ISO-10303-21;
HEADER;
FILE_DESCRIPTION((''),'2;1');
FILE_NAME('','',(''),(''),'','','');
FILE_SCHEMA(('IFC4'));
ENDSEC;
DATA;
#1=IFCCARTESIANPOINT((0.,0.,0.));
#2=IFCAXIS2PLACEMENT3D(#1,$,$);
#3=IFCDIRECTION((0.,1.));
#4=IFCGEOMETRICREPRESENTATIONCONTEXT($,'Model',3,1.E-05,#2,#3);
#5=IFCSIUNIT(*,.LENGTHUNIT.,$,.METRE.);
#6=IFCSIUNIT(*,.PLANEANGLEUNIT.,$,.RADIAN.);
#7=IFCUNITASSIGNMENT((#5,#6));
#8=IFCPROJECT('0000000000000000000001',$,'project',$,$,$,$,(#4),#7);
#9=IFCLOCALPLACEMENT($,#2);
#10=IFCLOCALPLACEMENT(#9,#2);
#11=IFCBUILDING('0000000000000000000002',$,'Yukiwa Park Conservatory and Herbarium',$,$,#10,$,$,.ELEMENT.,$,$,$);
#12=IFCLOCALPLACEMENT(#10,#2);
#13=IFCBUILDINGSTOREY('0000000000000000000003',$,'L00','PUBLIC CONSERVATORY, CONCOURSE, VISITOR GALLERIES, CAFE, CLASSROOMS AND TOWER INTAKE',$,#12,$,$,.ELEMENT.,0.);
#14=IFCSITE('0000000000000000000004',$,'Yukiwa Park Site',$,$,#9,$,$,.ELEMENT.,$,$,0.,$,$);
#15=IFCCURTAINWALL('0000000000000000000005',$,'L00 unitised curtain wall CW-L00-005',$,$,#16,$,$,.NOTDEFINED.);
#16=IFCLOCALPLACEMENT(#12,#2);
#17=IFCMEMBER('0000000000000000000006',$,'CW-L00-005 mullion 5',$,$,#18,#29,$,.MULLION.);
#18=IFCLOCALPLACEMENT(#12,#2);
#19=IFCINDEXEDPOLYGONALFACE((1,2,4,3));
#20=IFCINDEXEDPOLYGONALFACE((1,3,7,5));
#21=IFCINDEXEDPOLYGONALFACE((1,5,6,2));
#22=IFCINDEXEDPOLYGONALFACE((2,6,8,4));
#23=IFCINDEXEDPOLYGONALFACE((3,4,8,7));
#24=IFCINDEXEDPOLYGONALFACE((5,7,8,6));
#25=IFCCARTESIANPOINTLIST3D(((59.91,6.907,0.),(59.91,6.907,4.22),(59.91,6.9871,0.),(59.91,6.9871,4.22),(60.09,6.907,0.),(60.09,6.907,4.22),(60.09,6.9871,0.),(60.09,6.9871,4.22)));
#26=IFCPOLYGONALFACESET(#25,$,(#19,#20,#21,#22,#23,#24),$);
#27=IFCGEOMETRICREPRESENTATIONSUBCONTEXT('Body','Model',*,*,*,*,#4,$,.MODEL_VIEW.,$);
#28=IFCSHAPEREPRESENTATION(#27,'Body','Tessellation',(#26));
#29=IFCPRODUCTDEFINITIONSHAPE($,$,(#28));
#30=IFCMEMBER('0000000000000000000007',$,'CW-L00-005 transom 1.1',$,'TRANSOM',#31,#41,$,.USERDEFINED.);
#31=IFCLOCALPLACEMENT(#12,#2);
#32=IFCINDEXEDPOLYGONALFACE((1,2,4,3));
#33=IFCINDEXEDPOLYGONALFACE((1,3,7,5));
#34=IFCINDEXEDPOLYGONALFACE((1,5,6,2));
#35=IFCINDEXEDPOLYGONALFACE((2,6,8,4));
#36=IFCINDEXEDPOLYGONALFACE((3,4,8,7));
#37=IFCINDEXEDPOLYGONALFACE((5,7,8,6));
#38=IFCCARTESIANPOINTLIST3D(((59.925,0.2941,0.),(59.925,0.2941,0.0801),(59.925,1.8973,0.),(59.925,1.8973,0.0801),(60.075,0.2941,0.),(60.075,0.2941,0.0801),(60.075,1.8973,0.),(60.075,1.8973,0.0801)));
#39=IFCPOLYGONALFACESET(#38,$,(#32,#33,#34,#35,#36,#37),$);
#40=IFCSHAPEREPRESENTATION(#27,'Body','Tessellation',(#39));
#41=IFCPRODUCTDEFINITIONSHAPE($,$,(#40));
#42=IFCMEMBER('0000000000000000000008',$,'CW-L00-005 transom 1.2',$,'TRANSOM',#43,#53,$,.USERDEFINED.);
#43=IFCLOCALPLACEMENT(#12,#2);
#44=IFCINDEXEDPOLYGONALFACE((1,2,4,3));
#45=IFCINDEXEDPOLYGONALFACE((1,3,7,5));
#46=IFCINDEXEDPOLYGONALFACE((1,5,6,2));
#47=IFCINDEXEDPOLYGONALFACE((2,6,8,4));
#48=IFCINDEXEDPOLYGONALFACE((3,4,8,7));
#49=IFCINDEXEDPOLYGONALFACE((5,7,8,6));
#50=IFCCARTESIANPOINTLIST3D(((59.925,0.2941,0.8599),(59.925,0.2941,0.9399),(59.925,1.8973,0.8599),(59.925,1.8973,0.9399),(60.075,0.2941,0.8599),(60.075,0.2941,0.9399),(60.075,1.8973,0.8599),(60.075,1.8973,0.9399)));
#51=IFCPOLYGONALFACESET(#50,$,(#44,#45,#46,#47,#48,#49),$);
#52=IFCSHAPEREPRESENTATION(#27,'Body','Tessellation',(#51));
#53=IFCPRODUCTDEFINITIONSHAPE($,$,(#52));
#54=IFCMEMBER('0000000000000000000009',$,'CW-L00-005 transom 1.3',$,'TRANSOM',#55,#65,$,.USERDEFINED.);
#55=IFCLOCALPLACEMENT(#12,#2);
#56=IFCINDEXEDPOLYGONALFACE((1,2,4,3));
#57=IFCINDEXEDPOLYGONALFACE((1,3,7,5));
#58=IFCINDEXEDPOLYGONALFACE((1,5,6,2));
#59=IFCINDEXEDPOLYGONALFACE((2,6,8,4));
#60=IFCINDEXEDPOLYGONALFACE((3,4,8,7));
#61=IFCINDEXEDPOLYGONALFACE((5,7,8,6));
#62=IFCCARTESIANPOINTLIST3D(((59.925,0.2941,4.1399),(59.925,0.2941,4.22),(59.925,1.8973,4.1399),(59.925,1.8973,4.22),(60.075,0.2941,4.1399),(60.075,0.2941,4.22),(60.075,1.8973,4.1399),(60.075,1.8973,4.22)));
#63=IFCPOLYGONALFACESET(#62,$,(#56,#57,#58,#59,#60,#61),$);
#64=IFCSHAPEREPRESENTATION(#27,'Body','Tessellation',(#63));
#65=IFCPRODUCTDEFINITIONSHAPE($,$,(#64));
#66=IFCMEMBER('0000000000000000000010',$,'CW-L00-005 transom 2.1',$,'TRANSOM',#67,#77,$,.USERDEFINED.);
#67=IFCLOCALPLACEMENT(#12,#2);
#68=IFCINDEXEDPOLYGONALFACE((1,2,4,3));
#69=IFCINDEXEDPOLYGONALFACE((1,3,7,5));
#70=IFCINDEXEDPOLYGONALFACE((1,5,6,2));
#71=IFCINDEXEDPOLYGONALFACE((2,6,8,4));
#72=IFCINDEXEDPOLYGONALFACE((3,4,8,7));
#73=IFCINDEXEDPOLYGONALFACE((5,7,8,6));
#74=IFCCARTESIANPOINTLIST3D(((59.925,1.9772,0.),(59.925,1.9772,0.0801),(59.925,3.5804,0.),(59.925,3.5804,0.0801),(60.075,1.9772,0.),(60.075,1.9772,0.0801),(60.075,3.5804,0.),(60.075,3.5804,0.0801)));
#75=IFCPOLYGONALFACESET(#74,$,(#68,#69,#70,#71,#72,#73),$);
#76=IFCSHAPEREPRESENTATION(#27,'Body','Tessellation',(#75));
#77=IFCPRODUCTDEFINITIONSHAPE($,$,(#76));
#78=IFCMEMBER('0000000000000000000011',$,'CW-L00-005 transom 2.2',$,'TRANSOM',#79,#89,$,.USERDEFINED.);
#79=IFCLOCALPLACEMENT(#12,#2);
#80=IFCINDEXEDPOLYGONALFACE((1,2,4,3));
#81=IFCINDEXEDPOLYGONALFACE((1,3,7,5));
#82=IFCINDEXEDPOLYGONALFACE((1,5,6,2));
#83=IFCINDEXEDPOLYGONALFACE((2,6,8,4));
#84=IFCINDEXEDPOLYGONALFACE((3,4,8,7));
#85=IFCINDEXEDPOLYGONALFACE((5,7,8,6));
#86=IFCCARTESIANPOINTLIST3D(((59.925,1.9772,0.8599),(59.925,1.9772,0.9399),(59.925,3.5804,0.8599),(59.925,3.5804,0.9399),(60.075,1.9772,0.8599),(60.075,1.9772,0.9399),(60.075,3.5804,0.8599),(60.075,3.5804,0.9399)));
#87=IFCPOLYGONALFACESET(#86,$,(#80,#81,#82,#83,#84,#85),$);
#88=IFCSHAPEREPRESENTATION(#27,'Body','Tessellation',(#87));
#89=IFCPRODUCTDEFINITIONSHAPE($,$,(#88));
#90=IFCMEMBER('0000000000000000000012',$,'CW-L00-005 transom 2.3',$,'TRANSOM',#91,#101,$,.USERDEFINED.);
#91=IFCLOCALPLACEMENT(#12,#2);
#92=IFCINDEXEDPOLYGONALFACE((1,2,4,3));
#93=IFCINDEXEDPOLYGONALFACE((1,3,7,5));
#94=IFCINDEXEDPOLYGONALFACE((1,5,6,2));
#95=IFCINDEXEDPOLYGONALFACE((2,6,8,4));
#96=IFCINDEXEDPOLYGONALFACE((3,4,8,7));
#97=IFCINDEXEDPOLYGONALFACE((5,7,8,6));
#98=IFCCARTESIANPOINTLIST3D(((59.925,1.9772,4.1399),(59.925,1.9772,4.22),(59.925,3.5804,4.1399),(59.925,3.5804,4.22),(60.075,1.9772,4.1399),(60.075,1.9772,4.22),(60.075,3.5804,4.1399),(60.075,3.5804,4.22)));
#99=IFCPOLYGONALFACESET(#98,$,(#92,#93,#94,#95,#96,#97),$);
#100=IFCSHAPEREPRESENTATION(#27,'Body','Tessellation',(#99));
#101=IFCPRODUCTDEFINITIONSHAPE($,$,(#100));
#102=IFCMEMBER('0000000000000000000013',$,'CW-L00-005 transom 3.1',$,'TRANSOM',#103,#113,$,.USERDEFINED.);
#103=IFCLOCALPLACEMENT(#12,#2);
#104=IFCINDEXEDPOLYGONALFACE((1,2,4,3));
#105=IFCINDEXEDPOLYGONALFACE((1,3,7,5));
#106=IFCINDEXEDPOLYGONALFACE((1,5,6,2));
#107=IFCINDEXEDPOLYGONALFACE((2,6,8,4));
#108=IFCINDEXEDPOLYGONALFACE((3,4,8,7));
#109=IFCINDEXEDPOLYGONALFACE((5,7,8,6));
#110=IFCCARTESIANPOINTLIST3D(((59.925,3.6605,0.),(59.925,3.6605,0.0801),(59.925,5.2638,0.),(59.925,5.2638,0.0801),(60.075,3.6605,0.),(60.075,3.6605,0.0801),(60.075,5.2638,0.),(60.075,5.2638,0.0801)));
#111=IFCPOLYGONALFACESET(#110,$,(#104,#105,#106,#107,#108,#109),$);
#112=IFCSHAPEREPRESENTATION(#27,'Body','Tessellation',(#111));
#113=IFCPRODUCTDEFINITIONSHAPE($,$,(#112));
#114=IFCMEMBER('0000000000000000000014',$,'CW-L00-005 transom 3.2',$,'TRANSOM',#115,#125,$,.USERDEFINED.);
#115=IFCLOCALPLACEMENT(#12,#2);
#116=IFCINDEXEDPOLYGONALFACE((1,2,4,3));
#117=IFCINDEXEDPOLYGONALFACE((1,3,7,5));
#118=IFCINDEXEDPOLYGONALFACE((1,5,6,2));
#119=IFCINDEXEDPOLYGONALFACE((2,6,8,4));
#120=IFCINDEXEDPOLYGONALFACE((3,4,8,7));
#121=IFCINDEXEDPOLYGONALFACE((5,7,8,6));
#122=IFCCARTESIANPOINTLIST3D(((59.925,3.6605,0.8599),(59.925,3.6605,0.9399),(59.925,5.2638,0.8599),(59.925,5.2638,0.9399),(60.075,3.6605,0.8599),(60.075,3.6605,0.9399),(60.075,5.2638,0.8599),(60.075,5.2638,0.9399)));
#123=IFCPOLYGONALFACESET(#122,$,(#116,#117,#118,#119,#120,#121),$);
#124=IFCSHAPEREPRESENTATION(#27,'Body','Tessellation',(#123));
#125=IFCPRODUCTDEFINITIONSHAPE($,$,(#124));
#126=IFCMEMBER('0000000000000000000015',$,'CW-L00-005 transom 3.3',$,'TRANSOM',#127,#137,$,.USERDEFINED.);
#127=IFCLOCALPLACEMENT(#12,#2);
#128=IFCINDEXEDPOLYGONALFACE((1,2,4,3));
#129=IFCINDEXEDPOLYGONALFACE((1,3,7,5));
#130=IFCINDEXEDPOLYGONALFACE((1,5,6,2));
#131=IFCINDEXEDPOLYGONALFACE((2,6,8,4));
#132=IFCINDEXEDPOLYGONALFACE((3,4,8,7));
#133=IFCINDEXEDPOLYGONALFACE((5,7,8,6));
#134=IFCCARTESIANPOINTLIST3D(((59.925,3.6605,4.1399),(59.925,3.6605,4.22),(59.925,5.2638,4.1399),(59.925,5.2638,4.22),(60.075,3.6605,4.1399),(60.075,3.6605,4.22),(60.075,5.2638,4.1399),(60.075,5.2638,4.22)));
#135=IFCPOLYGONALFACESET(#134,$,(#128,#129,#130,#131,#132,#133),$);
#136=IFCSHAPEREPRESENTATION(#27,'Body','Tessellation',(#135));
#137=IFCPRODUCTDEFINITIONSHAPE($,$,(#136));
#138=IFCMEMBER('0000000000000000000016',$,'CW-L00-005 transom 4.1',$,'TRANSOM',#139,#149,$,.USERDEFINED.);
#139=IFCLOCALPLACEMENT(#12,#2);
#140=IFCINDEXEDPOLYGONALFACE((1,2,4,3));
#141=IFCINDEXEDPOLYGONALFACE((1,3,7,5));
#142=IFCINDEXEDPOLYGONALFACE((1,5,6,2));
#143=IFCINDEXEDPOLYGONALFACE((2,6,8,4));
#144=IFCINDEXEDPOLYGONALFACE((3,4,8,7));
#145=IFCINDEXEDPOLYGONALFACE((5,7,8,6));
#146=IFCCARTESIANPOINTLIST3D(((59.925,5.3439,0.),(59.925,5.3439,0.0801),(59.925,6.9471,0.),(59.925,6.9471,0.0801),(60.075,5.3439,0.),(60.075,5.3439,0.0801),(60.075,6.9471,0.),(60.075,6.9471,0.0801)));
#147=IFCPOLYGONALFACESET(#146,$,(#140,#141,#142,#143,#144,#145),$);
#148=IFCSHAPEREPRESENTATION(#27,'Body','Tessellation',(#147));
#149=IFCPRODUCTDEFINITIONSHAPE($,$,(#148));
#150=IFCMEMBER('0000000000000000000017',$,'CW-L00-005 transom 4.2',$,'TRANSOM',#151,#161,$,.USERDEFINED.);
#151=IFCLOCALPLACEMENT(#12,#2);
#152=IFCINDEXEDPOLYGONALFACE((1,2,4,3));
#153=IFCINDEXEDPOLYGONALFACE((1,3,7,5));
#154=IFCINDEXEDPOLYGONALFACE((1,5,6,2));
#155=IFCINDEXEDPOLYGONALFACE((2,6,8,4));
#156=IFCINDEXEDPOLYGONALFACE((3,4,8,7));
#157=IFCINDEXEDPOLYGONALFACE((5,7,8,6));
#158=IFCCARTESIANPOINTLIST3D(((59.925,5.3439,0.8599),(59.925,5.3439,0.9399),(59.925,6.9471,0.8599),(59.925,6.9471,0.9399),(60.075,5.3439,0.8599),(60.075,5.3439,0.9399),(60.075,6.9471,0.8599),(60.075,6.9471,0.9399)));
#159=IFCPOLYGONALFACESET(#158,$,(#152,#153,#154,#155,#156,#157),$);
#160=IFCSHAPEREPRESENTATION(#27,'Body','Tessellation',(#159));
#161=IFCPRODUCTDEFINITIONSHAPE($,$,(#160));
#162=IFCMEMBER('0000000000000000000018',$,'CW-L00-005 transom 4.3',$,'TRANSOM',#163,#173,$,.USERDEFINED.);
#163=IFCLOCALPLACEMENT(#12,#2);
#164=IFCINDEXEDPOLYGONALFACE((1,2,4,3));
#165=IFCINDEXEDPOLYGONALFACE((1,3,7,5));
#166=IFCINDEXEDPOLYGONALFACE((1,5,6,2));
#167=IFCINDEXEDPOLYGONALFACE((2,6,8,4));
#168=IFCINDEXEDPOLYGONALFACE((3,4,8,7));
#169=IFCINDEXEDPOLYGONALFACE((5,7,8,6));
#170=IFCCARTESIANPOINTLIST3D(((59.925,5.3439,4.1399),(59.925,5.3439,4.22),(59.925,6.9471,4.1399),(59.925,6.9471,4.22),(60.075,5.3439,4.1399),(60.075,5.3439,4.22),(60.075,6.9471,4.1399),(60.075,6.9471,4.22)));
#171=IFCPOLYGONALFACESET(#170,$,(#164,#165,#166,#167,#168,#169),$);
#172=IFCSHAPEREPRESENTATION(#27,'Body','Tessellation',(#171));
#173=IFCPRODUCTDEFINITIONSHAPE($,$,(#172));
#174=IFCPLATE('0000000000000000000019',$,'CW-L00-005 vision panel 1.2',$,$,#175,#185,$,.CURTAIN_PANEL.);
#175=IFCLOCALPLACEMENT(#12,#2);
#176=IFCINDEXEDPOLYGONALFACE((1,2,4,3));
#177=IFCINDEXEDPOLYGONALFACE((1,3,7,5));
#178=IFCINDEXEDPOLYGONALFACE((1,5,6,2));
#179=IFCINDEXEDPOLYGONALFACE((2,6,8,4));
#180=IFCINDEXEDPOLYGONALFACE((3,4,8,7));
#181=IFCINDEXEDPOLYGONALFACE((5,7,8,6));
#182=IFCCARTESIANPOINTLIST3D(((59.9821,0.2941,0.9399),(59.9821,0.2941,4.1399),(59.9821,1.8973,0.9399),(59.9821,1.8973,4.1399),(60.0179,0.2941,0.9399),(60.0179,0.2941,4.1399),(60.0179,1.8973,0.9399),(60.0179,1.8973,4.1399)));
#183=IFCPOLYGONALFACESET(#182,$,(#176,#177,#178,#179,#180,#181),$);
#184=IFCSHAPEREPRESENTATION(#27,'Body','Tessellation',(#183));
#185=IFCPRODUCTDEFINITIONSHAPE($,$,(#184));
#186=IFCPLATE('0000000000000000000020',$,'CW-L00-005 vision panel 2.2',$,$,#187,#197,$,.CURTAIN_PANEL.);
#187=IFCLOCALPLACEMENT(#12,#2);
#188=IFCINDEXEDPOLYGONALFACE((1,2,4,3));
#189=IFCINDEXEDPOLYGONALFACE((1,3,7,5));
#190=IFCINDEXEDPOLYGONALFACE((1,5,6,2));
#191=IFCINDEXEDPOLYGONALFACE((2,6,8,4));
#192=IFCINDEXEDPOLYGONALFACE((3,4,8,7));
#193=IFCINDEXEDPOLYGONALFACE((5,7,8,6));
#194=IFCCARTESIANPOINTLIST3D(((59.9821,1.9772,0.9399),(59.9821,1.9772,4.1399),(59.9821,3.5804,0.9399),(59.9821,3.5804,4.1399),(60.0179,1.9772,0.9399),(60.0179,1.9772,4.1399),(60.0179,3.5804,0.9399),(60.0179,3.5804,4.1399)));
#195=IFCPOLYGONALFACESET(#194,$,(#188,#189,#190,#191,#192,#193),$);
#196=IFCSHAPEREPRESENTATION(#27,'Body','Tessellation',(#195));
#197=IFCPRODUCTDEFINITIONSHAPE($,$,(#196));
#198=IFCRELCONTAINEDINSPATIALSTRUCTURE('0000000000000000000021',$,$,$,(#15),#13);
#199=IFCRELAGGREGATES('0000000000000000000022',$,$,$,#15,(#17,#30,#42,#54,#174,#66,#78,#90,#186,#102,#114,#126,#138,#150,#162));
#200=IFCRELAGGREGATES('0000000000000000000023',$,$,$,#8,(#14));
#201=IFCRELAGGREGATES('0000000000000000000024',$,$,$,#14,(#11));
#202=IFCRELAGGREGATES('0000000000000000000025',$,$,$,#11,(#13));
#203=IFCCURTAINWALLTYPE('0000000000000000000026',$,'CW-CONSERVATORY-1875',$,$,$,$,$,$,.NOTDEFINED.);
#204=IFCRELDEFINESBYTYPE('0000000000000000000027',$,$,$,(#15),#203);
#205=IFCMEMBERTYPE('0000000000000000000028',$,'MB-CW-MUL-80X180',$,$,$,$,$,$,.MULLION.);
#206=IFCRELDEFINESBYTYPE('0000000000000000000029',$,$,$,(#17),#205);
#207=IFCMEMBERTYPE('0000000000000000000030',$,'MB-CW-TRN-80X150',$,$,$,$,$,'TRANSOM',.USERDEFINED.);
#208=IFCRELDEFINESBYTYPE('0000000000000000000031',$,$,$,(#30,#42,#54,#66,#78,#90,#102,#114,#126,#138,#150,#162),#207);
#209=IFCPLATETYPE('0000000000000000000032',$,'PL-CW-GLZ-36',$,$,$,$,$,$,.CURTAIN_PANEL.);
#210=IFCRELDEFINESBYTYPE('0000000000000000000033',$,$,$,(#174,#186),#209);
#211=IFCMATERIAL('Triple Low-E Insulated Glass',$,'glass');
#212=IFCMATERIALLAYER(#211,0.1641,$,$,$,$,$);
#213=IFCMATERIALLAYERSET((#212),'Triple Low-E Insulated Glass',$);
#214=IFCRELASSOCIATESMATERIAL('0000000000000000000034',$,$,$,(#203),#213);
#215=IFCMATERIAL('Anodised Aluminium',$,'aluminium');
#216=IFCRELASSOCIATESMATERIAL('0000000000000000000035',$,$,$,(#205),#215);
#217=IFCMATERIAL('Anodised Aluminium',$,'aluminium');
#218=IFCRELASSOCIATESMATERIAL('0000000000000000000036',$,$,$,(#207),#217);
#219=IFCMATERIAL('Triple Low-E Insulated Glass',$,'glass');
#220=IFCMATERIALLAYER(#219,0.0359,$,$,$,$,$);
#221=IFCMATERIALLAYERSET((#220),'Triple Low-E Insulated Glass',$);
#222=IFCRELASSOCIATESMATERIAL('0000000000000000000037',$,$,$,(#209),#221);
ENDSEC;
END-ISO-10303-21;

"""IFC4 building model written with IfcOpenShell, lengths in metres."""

from ifc_helpers import new_model, si_unit, direction, frame, origin, origin_2d, place, context, subcontext, project, spatial, rectangle, extrude, material, layer, layer_set, type_object, element, aggregate, save


model = new_model("IFC4")

# Units and contexts
model_context = context("Model", 3, precision=1e-05, world=origin(), true_north=direction((0.0, 1.0)))
body_context = subcontext(model_context, "Body", "Model", "MODEL_VIEW")
ifc_project = project(units=[si_unit("LENGTHUNIT", "METRE"), si_unit("PLANEANGLEUNIT", "RADIAN")], contexts=[model_context])

# Site, building, storey
site_placement = place(None, origin())
site = spatial("IfcSite", under=ifc_project, at=site_placement, Name="Yukiwa Park Site", CompositionType="ELEMENT", RefElevation=0.0)
building_placement = place(site_placement, origin())
building = spatial("IfcBuilding", under=site, at=building_placement, Name="Yukiwa Park Conservatory and Herbarium", CompositionType="ELEMENT")
storey_placement = place(building_placement, origin())
storey = spatial("IfcBuildingStorey", under=building, at=storey_placement, Name="L00", Description="PUBLIC CONSERVATORY, CONCOURSE, VISITOR GALLERIES, CAFE, CLASSROOMS AND TOWER INTAKE", CompositionType="ELEMENT", Elevation=0.0)

# Curtain wall, members, plates
ifc_material_1 = material(Name="Triple Low-E Insulated Glass", Category="glass")
ifc_layer_1 = layer(ifc_material_1, 0.1641)
ifc_layer_set_1 = layer_set([ifc_layer_1], Name="Triple Low-E Insulated Glass")
curtain_wall_type = type_object("IfcCurtainWallType", Name="CW-CONSERVATORY-1875", PredefinedType="NOTDEFINED", material=ifc_layer_set_1)
curtain_wall_placement = place(storey_placement, origin())
curtain_wall = element("IfcCurtainWall", 1, at=curtain_wall_placement, inside=storey, type_object=curtain_wall_type, Name="L00 unitised curtain wall CW-L00-005", PredefinedType="NOTDEFINED")
ifc_material_2 = material(Name="Anodised Aluminium", Category="aluminium")
member_type_1 = type_object("IfcMemberType", Name="MB-CW-MUL-80X180", PredefinedType="MULLION", material=ifc_material_2)
member_1_placement = place(storey_placement, frame((60.0, 6.947, 0.0), z_axis=(0.0, 0.0, 1.0), x_axis=(0.0, 1.0, 0.0)))
member_1 = element("IfcMember", 2, at=member_1_placement, type_object=member_type_1, Name="CW-L00-005 mullion 5", PredefinedType="MULLION", context=body_context, shape_type="SweptSolid", body=[
    extrude(rectangle(XDim=0.0801, YDim=0.1799, at=origin_2d()), origin(), (0.0, 0.0, 1.0), 4.22),
])
ifc_material_3 = material(Name="Anodised Aluminium", Category="aluminium")
member_type_2 = type_object("IfcMemberType", Name="MB-CW-TRN-80X150", ElementType="TRANSOM", PredefinedType="USERDEFINED", material=ifc_material_3)
member_2_placement = place(storey_placement, frame((60.0, 1.0957, 0.0), z_axis=(0.0, 0.0, 1.0), x_axis=(0.0, 1.0, 0.0)))
member_2 = element("IfcMember", 3, at=member_2_placement, type_object=member_type_2, Name="CW-L00-005 transom 1.1", ObjectType="TRANSOM", PredefinedType="USERDEFINED", context=body_context, shape_type="SweptSolid", body=[
    extrude(rectangle(XDim=1.6033, YDim=0.1499, at=origin_2d()), origin(), (0.0, 0.0, 1.0), 0.0801),
])
member_3_placement = place(storey_placement, frame((60.0, 1.0957, 0.8599), z_axis=(0.0, 0.0, 1.0), x_axis=(0.0, 1.0, 0.0)))
member_3 = element("IfcMember", 4, at=member_3_placement, type_object=member_type_2, Name="CW-L00-005 transom 1.2", ObjectType="TRANSOM", PredefinedType="USERDEFINED", context=body_context, shape_type="SweptSolid", body=[
    extrude(rectangle(XDim=1.6033, YDim=0.1499, at=origin_2d()), origin(), (0.0, 0.0, 1.0), 0.0801),
])
member_4_placement = place(storey_placement, frame((60.0, 1.0957, 4.1399), z_axis=(0.0, 0.0, 1.0), x_axis=(0.0, 1.0, 0.0)))
member_4 = element("IfcMember", 5, at=member_4_placement, type_object=member_type_2, Name="CW-L00-005 transom 1.3", ObjectType="TRANSOM", PredefinedType="USERDEFINED", context=body_context, shape_type="SweptSolid", body=[
    extrude(rectangle(XDim=1.6033, YDim=0.1499, at=origin_2d()), origin(), (0.0, 0.0, 1.0), 0.0801),
])
member_5_placement = place(storey_placement, frame((60.0, 2.7788, 0.0), z_axis=(0.0, 0.0, 1.0), x_axis=(0.0, 1.0, 0.0)))
member_5 = element("IfcMember", 6, at=member_5_placement, type_object=member_type_2, Name="CW-L00-005 transom 2.1", ObjectType="TRANSOM", PredefinedType="USERDEFINED", context=body_context, shape_type="SweptSolid", body=[
    extrude(rectangle(XDim=1.6033, YDim=0.1499, at=origin_2d()), origin(), (0.0, 0.0, 1.0), 0.0801),
])
member_6_placement = place(storey_placement, frame((60.0, 2.7788, 0.8599), z_axis=(0.0, 0.0, 1.0), x_axis=(0.0, 1.0, 0.0)))
member_6 = element("IfcMember", 7, at=member_6_placement, type_object=member_type_2, Name="CW-L00-005 transom 2.2", ObjectType="TRANSOM", PredefinedType="USERDEFINED", context=body_context, shape_type="SweptSolid", body=[
    extrude(rectangle(XDim=1.6033, YDim=0.1499, at=origin_2d()), origin(), (0.0, 0.0, 1.0), 0.0801),
])
member_7_placement = place(storey_placement, frame((60.0, 2.7788, 4.1399), z_axis=(0.0, 0.0, 1.0), x_axis=(0.0, 1.0, 0.0)))
member_7 = element("IfcMember", 8, at=member_7_placement, type_object=member_type_2, Name="CW-L00-005 transom 2.3", ObjectType="TRANSOM", PredefinedType="USERDEFINED", context=body_context, shape_type="SweptSolid", body=[
    extrude(rectangle(XDim=1.6033, YDim=0.1499, at=origin_2d()), origin(), (0.0, 0.0, 1.0), 0.0801),
])
member_8_placement = place(storey_placement, frame((60.0, 4.4622, 0.0), z_axis=(0.0, 0.0, 1.0), x_axis=(0.0, 1.0, 0.0)))
member_8 = element("IfcMember", 9, at=member_8_placement, type_object=member_type_2, Name="CW-L00-005 transom 3.1", ObjectType="TRANSOM", PredefinedType="USERDEFINED", context=body_context, shape_type="SweptSolid", body=[
    extrude(rectangle(XDim=1.6033, YDim=0.1499, at=origin_2d()), origin(), (0.0, 0.0, 1.0), 0.0801),
])
member_9_placement = place(storey_placement, frame((60.0, 4.4622, 0.8599), z_axis=(0.0, 0.0, 1.0), x_axis=(0.0, 1.0, 0.0)))
member_9 = element("IfcMember", 10, at=member_9_placement, type_object=member_type_2, Name="CW-L00-005 transom 3.2", ObjectType="TRANSOM", PredefinedType="USERDEFINED", context=body_context, shape_type="SweptSolid", body=[
    extrude(rectangle(XDim=1.6033, YDim=0.1499, at=origin_2d()), origin(), (0.0, 0.0, 1.0), 0.0801),
])
member_10_placement = place(storey_placement, frame((60.0, 4.4622, 4.1399), z_axis=(0.0, 0.0, 1.0), x_axis=(0.0, 1.0, 0.0)))
member_10 = element("IfcMember", 11, at=member_10_placement, type_object=member_type_2, Name="CW-L00-005 transom 3.3", ObjectType="TRANSOM", PredefinedType="USERDEFINED", context=body_context, shape_type="SweptSolid", body=[
    extrude(rectangle(XDim=1.6033, YDim=0.1499, at=origin_2d()), origin(), (0.0, 0.0, 1.0), 0.0801),
])
member_11_placement = place(storey_placement, frame((60.0, 6.1455, 0.0), z_axis=(0.0, 0.0, 1.0), x_axis=(0.0, 1.0, 0.0)))
member_11 = element("IfcMember", 12, at=member_11_placement, type_object=member_type_2, Name="CW-L00-005 transom 4.1", ObjectType="TRANSOM", PredefinedType="USERDEFINED", context=body_context, shape_type="SweptSolid", body=[
    extrude(rectangle(XDim=1.6033, YDim=0.1499, at=origin_2d()), origin(), (0.0, 0.0, 1.0), 0.0801),
])
member_12_placement = place(storey_placement, frame((60.0, 6.1455, 0.8599), z_axis=(0.0, 0.0, 1.0), x_axis=(0.0, 1.0, 0.0)))
member_12 = element("IfcMember", 13, at=member_12_placement, type_object=member_type_2, Name="CW-L00-005 transom 4.2", ObjectType="TRANSOM", PredefinedType="USERDEFINED", context=body_context, shape_type="SweptSolid", body=[
    extrude(rectangle(XDim=1.6033, YDim=0.1499, at=origin_2d()), origin(), (0.0, 0.0, 1.0), 0.0801),
])
member_13_placement = place(storey_placement, frame((60.0, 6.1455, 4.1399), z_axis=(0.0, 0.0, 1.0), x_axis=(0.0, 1.0, 0.0)))
member_13 = element("IfcMember", 14, at=member_13_placement, type_object=member_type_2, Name="CW-L00-005 transom 4.3", ObjectType="TRANSOM", PredefinedType="USERDEFINED", context=body_context, shape_type="SweptSolid", body=[
    extrude(rectangle(XDim=1.6033, YDim=0.1499, at=origin_2d()), origin(), (0.0, 0.0, 1.0), 0.0801),
])
ifc_material_4 = material(Name="Triple Low-E Insulated Glass", Category="glass")
ifc_layer_2 = layer(ifc_material_4, 0.0359)
ifc_layer_set_2 = layer_set([ifc_layer_2], Name="Triple Low-E Insulated Glass")
plate_type_1 = type_object("IfcPlateType", Name="PL-CW-GLZ-36", PredefinedType="CURTAIN_PANEL", material=ifc_layer_set_2)
plate_1_placement = place(storey_placement, frame((60.0, 1.0957, 0.9399), z_axis=(0.0, 0.0, 1.0), x_axis=(0.0, 1.0, 0.0)))
plate_1 = element("IfcPlate", 15, at=plate_1_placement, type_object=plate_type_1, Name="CW-L00-005 vision panel 1.2", PredefinedType="CURTAIN_PANEL", context=body_context, shape_type="SweptSolid", body=[
    extrude(rectangle(XDim=1.6033, YDim=0.0359, at=origin_2d()), origin(), (0.0, 0.0, 1.0), 3.2),
])
plate_2_placement = place(storey_placement, frame((60.0, 2.7788, 0.9399), z_axis=(0.0, 0.0, 1.0), x_axis=(0.0, 1.0, 0.0)))
plate_2 = element("IfcPlate", 16, at=plate_2_placement, type_object=plate_type_1, Name="CW-L00-005 vision panel 2.2", PredefinedType="CURTAIN_PANEL", context=body_context, shape_type="SweptSolid", body=[
    extrude(rectangle(XDim=1.6033, YDim=0.0359, at=origin_2d()), origin(), (0.0, 0.0, 1.0), 3.2),
])
aggregate(curtain_wall, [member_1, member_2, member_3, member_4, plate_1, member_5, member_6, member_7, plate_2, member_8, member_9, member_10, member_11, member_12, member_13])

save(model, "model.ifc")
